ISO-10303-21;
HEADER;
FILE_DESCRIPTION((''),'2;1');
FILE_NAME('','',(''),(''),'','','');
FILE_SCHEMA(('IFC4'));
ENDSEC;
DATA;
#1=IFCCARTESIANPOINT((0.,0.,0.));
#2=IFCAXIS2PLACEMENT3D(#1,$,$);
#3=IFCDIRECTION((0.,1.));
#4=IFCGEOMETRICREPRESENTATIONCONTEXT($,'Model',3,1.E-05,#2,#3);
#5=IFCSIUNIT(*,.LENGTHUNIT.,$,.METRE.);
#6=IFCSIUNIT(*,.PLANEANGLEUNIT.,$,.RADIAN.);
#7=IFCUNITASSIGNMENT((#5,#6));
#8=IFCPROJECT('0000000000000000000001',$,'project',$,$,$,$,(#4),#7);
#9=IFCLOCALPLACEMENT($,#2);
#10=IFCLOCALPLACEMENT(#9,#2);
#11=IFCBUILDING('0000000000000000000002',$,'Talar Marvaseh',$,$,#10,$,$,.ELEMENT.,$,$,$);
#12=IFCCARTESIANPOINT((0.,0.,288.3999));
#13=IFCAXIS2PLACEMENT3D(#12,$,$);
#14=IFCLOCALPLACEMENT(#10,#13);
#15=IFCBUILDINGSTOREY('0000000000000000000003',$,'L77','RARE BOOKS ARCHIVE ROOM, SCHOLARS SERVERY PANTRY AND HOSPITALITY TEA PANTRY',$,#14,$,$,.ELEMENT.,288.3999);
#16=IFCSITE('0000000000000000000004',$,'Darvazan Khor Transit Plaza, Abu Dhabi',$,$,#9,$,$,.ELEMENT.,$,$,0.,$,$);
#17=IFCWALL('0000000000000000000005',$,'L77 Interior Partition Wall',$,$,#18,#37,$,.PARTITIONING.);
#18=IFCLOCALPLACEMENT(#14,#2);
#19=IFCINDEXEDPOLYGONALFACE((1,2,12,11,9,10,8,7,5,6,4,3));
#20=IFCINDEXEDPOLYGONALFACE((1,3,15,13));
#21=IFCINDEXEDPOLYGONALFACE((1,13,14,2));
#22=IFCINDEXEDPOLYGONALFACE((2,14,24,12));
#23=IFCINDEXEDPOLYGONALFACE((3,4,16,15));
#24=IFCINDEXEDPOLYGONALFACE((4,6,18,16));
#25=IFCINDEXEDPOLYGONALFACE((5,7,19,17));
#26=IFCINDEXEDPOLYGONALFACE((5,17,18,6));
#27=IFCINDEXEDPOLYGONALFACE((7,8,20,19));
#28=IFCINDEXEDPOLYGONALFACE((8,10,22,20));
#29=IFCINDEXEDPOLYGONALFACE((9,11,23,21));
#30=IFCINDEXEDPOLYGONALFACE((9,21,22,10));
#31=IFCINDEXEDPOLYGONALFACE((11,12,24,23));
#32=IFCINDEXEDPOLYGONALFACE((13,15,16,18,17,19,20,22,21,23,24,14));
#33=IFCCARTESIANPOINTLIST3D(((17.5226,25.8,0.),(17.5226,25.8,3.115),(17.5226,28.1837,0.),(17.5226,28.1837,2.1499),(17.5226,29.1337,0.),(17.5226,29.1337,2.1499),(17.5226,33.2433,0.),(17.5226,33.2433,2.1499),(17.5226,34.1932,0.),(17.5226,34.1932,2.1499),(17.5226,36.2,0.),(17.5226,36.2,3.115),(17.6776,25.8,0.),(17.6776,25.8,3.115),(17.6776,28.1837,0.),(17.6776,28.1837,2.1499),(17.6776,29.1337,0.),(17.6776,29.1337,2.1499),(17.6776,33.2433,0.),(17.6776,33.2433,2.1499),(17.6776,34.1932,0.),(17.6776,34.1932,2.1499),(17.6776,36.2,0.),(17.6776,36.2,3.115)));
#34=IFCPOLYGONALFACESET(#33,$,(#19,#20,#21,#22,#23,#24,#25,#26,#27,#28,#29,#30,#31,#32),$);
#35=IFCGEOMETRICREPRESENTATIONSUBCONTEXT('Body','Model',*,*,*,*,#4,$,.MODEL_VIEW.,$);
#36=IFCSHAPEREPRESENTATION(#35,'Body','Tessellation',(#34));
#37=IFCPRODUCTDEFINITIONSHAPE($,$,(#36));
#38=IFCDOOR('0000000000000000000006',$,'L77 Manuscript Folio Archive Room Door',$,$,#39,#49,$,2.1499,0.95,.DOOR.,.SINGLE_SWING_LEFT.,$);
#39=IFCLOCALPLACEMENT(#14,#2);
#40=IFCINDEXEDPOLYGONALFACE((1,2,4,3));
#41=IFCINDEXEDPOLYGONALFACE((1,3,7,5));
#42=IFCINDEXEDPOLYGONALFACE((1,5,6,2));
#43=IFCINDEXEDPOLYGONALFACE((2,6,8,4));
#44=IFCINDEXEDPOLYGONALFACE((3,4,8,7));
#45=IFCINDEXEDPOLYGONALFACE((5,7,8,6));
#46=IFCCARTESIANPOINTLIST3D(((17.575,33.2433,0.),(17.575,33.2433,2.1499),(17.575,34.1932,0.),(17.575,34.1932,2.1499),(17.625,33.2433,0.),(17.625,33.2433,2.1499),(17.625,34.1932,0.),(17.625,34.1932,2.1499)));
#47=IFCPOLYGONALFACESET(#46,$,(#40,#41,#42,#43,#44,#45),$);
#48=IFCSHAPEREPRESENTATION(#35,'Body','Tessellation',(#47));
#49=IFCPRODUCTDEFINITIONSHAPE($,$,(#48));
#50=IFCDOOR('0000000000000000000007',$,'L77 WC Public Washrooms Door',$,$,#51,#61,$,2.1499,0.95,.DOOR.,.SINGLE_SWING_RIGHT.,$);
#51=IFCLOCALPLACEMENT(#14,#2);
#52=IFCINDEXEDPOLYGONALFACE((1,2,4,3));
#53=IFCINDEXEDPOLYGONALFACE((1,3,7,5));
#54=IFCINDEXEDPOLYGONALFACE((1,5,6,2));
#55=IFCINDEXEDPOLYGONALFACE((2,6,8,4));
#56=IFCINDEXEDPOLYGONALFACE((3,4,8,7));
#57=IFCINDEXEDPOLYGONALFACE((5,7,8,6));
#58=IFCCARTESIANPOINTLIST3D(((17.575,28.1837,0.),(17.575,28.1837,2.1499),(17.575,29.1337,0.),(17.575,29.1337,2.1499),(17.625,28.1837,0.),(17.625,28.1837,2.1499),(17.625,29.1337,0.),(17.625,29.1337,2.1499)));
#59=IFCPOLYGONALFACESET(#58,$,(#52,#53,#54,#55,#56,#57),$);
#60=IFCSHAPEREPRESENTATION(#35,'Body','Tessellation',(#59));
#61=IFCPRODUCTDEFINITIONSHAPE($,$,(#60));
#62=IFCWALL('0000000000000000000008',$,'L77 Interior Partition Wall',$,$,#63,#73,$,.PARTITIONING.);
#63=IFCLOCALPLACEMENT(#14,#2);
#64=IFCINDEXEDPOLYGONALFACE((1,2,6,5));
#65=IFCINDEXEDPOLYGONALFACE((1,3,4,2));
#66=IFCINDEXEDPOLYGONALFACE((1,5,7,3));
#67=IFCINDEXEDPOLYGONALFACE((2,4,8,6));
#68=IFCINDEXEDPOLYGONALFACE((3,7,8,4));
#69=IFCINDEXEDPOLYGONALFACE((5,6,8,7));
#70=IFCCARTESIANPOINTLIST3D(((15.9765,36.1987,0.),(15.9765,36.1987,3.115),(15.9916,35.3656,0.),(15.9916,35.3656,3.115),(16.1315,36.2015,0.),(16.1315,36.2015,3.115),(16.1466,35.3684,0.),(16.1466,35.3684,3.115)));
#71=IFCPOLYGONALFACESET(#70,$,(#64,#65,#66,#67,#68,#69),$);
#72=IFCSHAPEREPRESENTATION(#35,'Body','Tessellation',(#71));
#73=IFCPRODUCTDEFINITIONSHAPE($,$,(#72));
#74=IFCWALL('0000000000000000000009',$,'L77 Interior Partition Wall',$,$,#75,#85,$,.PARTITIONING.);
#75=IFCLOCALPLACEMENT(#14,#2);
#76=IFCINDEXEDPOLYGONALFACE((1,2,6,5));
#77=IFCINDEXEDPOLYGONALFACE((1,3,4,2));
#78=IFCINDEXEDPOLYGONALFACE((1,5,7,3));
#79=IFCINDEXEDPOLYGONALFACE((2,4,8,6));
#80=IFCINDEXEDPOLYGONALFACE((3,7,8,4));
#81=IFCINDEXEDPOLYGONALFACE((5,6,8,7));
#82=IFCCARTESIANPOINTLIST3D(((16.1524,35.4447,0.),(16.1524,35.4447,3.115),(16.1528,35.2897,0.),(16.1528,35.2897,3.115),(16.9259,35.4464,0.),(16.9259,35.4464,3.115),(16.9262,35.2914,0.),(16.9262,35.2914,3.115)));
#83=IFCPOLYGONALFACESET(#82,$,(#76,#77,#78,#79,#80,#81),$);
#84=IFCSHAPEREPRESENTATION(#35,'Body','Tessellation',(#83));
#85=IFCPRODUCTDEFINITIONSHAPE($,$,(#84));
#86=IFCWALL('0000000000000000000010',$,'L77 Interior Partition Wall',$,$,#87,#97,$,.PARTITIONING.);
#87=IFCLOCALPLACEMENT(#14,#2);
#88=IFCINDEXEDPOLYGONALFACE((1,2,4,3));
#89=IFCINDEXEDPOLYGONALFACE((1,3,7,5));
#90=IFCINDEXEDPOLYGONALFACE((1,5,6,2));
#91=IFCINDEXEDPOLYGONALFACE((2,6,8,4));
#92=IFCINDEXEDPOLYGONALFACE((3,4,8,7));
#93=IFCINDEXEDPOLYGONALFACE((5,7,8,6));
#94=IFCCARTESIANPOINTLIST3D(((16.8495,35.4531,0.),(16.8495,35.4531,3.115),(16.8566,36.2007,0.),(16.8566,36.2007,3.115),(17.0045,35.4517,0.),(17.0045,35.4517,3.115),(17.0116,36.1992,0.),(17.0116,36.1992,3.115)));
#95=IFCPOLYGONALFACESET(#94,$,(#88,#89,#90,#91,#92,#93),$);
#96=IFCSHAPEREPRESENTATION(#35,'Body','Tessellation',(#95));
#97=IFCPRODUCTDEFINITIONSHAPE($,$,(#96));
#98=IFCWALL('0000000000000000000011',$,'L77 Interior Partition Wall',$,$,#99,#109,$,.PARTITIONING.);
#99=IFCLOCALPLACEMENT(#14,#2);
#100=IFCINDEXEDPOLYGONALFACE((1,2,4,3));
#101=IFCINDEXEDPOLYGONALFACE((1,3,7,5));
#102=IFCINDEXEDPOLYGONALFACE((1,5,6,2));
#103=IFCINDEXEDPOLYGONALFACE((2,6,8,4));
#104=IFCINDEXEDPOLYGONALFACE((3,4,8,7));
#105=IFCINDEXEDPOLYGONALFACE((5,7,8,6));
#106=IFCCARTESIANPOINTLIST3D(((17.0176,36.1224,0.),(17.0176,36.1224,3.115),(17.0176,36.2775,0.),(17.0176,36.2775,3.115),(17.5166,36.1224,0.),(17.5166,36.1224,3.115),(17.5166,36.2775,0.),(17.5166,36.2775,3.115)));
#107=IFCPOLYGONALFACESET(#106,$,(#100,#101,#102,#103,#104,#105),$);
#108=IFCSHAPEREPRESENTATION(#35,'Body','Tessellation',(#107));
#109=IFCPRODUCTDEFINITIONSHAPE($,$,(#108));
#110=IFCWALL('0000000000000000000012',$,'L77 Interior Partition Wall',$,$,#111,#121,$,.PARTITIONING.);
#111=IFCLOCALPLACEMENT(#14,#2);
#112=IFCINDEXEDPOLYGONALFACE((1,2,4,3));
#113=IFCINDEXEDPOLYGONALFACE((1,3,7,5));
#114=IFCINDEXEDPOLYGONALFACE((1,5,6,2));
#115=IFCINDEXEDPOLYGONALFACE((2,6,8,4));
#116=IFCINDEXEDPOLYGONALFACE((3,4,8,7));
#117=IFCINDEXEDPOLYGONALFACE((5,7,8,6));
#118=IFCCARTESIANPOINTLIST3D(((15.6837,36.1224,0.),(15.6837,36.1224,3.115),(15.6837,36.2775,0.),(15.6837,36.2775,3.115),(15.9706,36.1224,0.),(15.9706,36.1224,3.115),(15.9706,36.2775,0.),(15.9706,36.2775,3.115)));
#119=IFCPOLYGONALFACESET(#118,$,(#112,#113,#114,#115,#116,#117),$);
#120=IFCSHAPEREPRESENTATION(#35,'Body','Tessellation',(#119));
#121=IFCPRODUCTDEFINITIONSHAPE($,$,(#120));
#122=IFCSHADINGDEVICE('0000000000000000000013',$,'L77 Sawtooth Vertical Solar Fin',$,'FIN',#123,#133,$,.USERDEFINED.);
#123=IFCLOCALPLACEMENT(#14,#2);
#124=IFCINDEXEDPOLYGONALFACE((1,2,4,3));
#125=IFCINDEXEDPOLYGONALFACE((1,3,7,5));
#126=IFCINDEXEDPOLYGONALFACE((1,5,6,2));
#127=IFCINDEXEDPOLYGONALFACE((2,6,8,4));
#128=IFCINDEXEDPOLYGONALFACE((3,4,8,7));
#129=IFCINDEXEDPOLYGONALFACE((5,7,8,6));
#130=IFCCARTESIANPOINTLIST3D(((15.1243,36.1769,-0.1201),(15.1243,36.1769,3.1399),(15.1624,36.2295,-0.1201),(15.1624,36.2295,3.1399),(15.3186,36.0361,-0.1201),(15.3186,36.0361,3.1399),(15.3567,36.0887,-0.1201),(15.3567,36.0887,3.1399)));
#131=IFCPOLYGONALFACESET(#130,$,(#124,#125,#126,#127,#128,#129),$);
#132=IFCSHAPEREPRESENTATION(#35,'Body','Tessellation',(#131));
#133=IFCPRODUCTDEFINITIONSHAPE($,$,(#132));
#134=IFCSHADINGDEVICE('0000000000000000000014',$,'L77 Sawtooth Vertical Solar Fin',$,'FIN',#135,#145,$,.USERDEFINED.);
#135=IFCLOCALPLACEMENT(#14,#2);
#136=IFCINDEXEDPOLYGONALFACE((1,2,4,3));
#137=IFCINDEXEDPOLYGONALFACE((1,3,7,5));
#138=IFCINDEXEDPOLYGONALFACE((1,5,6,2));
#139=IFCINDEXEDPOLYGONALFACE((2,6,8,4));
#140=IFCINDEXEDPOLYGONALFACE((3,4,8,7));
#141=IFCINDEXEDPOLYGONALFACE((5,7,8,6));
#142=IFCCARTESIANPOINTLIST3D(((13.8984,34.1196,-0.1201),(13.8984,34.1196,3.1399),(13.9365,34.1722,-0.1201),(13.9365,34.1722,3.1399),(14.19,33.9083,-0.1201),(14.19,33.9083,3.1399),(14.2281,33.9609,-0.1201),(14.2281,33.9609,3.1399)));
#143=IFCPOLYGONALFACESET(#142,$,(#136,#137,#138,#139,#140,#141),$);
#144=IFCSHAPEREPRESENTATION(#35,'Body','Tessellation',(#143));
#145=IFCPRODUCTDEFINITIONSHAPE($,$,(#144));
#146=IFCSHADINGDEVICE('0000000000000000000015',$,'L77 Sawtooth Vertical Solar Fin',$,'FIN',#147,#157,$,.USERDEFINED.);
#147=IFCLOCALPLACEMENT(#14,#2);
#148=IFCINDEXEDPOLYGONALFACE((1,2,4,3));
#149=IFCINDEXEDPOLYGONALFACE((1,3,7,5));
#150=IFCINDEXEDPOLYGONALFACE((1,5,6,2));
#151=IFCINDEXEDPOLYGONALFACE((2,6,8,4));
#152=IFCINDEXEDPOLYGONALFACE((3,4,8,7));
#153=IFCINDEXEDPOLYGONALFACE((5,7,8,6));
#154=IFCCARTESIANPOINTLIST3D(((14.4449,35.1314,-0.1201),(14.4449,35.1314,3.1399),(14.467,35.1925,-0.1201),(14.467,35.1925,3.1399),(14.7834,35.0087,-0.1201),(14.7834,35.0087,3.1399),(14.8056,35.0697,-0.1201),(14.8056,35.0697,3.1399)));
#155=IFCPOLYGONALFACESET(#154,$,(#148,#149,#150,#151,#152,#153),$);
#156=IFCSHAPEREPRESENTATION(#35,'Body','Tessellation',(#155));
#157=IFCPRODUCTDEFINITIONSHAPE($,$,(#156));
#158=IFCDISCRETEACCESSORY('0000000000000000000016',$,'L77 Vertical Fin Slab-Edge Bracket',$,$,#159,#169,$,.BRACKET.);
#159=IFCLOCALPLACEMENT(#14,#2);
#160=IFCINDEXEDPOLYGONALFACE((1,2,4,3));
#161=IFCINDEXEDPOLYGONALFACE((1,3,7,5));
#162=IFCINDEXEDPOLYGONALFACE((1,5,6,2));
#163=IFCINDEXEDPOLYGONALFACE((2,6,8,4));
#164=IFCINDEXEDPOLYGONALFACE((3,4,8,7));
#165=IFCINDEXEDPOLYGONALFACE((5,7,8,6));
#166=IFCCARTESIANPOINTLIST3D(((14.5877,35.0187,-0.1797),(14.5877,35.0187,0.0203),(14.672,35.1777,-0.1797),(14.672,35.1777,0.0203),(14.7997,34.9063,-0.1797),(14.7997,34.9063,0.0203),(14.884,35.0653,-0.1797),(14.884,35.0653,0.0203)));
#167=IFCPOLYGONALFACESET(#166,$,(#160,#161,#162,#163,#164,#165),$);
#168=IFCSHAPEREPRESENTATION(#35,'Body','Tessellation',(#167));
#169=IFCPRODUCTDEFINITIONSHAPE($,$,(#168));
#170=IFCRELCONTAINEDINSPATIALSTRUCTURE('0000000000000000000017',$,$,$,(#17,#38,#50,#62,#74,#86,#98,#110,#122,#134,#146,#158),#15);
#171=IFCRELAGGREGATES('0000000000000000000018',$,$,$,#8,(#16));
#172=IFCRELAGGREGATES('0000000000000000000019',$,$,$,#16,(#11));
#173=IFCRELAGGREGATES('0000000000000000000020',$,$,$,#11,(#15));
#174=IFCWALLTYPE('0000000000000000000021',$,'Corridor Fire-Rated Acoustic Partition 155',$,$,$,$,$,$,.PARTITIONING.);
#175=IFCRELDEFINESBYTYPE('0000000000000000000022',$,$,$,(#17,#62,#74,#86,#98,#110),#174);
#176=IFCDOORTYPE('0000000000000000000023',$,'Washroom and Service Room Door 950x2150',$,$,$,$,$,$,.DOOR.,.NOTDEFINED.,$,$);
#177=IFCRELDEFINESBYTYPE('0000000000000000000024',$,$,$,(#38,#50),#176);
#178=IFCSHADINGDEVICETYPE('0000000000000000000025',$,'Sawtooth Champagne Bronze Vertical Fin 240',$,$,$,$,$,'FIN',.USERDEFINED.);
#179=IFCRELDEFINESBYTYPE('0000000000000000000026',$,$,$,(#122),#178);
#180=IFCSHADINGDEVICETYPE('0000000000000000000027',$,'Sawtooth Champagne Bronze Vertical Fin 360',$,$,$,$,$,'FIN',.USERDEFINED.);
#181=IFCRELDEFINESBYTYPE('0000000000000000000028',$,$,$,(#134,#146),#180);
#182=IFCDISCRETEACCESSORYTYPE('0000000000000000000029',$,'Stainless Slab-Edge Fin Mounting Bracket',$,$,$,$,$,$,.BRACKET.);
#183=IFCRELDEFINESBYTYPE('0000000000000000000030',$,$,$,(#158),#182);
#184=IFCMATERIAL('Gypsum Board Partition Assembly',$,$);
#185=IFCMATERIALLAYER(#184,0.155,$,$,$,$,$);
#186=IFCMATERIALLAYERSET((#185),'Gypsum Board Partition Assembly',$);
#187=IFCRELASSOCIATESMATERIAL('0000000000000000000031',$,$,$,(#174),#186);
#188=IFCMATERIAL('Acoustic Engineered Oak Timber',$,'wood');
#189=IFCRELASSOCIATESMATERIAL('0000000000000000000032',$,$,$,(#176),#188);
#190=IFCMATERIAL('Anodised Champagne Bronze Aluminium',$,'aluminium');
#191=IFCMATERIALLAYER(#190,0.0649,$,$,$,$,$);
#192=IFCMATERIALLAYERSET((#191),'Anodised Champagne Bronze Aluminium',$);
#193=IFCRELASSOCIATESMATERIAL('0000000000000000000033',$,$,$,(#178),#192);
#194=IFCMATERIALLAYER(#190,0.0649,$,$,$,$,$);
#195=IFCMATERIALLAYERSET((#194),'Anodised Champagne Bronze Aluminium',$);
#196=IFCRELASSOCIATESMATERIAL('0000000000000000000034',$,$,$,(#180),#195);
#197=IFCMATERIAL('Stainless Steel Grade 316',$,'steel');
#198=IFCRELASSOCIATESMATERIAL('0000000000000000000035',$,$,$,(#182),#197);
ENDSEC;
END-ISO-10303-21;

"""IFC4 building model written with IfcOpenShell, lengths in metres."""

from ifc_helpers import new_model, si_unit, direction, frame, frame_2d, origin, origin_2d, place, context, subcontext, project, spatial, rectangle, extrude, source, transform, mapped, material, layer, layer_set, type_object, type_shapes, element, fill, save


model = new_model("IFC4")

# Units and contexts
model_context = context("Model", 3, precision=1e-05, world=origin(), true_north=direction((0.0, 1.0)))
body_context = subcontext(model_context, "Body", "Model", "MODEL_VIEW")
ifc_project = project(units=[si_unit("LENGTHUNIT", "METRE"), si_unit("PLANEANGLEUNIT", "RADIAN")], contexts=[model_context])

# Site, building, storey
site_placement = place(None, origin())
site = spatial("IfcSite", under=ifc_project, at=site_placement, Name="Darvazan Khor Transit Plaza, Abu Dhabi", CompositionType="ELEMENT", RefElevation=0.0)
building_placement = place(site_placement, origin())
building = spatial("IfcBuilding", under=site, at=building_placement, Name="Talar Marvaseh", CompositionType="ELEMENT")
storey_placement = place(building_placement, frame((0.0, 0.0, 288.3999)))
storey = spatial("IfcBuildingStorey", under=building, at=storey_placement, Name="L77", Description="RARE BOOKS ARCHIVE ROOM, SCHOLARS SERVERY PANTRY AND HOSPITALITY TEA PANTRY", CompositionType="ELEMENT", Elevation=288.3999)

# Wall, openings, doors
ifc_material_1 = material(Name="Gypsum Board Partition Assembly")
ifc_layer_1 = layer(ifc_material_1, 0.155)
ifc_layer_set_1 = layer_set([ifc_layer_1], Name="Gypsum Board Partition Assembly")
wall_type_1 = type_object("IfcWallType", Name="Corridor Fire-Rated Acoustic Partition 155", PredefinedType="PARTITIONING", material=ifc_layer_set_1)
wall_1_placement = place(storey_placement, frame((17.6001, 36.2, 0.0), z_axis=(0.0, 0.0, 1.0), x_axis=(0.0, -1.0, 0.0)))
wall_1 = element("IfcWall", 1, at=wall_1_placement, inside=storey, type_object=wall_type_1, Name="L77 Interior Partition Wall", PredefinedType="PARTITIONING", context=body_context, shape_type="SweptSolid", body=[
    extrude(rectangle(XDim=10.3999, YDim=0.155, at=frame_2d((5.2, 0.0))), origin(), (0.0, 0.0, 1.0), 3.115),
])
opening_1_placement = place(wall_1_placement, frame((2.0066, 0.0, 0.0)))
opening_1 = element("IfcOpeningElement", 2, at=opening_1_placement, cuts=wall_1, PredefinedType="OPENING", context=body_context, shape_type="SweptSolid", body=[
    extrude(rectangle(XDim=0.95, YDim=2.1499, at=frame_2d((0.4751, 1.075))), frame((0.0, 0.0874, 0.0), z_axis=(0.0, -1.0, 0.0), x_axis=(1.0, 0.0, 0.0)), (0.0, 0.0, 1.0), 0.175),
])
opening_2_placement = place(wall_1_placement, frame((7.0662, 0.0, 0.0)))
opening_2 = element("IfcOpeningElement", 3, at=opening_2_placement, cuts=wall_1, PredefinedType="OPENING", context=body_context, shape_type="SweptSolid", body=[
    extrude(rectangle(XDim=0.95, YDim=2.1499, at=frame_2d((0.4751, 1.075))), frame((0.0, 0.0874, 0.0), z_axis=(0.0, -1.0, 0.0), x_axis=(1.0, 0.0, 0.0)), (0.0, 0.0, 1.0), 0.175),
])
ifc_material_2 = material(Name="Acoustic Engineered Oak Timber", Category="wood")
door_type = type_object("IfcDoorType", Name="Washroom and Service Room Door 950x2150", OperationType="NOTDEFINED", PredefinedType="DOOR", material=ifc_material_2)
shared_shape_1 = source(origin(), body_context, "Body", "SweptSolid", [
    extrude(rectangle(XDim=0.95, YDim=2.1499, at=frame_2d((0.4751, 1.075))), frame((0.0, 0.0249, 0.0), z_axis=(0.0, -1.0, 0.0), x_axis=(1.0, 0.0, 0.0)), (0.0, 0.0, 1.0), 0.05),
])
type_shapes(door_type, [shared_shape_1])
door_1_placement = place(opening_1_placement, origin())
door_1 = element("IfcDoor", 4, at=door_1_placement, inside=storey, type_object=door_type, Name="L77 Manuscript Folio Archive Room Door", OperationType="SINGLE_SWING_LEFT", OverallHeight=2.1499, OverallWidth=0.95, PredefinedType="DOOR", context=body_context, shape_type="MappedRepresentation", body=[
    mapped(shared_shape_1, transform((0.0, 0.0, 0.0), x_axis=(1.0, 0.0, 0.0), y_axis=(0.0, 1.0, 0.0), z_axis=(0.0, 0.0, 1.0), scale=1.0)),
])
fill(opening_1, door_1)
door_2_placement = place(opening_2_placement, origin())
door_2 = element("IfcDoor", 5, at=door_2_placement, inside=storey, type_object=door_type, Name="L77 WC Public Washrooms Door", OperationType="SINGLE_SWING_RIGHT", OverallHeight=2.1499, OverallWidth=0.95, PredefinedType="DOOR", context=body_context, shape_type="MappedRepresentation", body=[
    mapped(shared_shape_1, transform((0.0, 0.0, 0.0), x_axis=(1.0, 0.0, 0.0), y_axis=(0.0, 1.0, 0.0), z_axis=(0.0, 0.0, 1.0), scale=1.0)),
])
fill(opening_2, door_2)

# Walls
wall_2_placement = place(storey_placement, frame((16.054, 36.2, 0.0), z_axis=(0.0, 0.0, 1.0), x_axis=(0.018168, -0.999835, 0.0)))
element("IfcWall", 6, at=wall_2_placement, inside=storey, type_object=wall_type_1, Name="L77 Interior Partition Wall", PredefinedType="PARTITIONING", context=body_context, shape_type="SweptSolid", body=[
    extrude(rectangle(XDim=0.8333, YDim=0.155, at=frame_2d((0.4165, 0.0))), origin(), (0.0, 0.0, 1.0), 3.115),
])
wall_3_placement = place(storey_placement, frame((16.1526, 35.3672, 0.0), z_axis=(0.0, 0.0, 1.0), x_axis=(0.999998, 0.00221, 0.0)))
element("IfcWall", 7, at=wall_3_placement, inside=storey, type_object=wall_type_1, Name="L77 Interior Partition Wall", PredefinedType="PARTITIONING", context=body_context, shape_type="SweptSolid", body=[
    extrude(rectangle(XDim=0.7734, YDim=0.155, at=frame_2d((0.3867, 0.0))), origin(), (0.0, 0.0, 1.0), 3.115),
])
wall_4_placement = place(storey_placement, frame((16.927, 35.4524, 0.0), z_axis=(0.0, 0.0, 1.0), x_axis=(0.009471, 0.999955, 0.0)))
element("IfcWall", 8, at=wall_4_placement, inside=storey, type_object=wall_type_1, Name="L77 Interior Partition Wall", PredefinedType="PARTITIONING", context=body_context, shape_type="SweptSolid", body=[
    extrude(rectangle(XDim=0.7476, YDim=0.155, at=frame_2d((0.3738, 0.0))), origin(), (0.0, 0.0, 1.0), 3.115),
])
wall_5_placement = place(storey_placement, frame((17.0176, 36.2, 0.0), z_axis=(0.0, 0.0, 1.0), x_axis=(1.0, 0.0, 0.0)))
element("IfcWall", 9, at=wall_5_placement, inside=storey, type_object=wall_type_1, Name="L77 Interior Partition Wall", PredefinedType="PARTITIONING", context=body_context, shape_type="SweptSolid", body=[
    extrude(rectangle(XDim=0.499, YDim=0.155, at=frame_2d((0.2495, 0.0))), origin(), (0.0, 0.0, 1.0), 3.115),
])
wall_6_placement = place(storey_placement, frame((15.6836, 36.2, 0.0), z_axis=(0.0, 0.0, 1.0), x_axis=(1.0, 0.0, 0.0)))
element("IfcWall", 10, at=wall_6_placement, inside=storey, type_object=wall_type_1, Name="L77 Interior Partition Wall", PredefinedType="PARTITIONING", context=body_context, shape_type="SweptSolid", body=[
    extrude(rectangle(XDim=0.2869, YDim=0.155, at=frame_2d((0.1436, 0.0))), origin(), (0.0, 0.0, 1.0), 3.115),
])

# Shading devices
ifc_material_3 = material(Name="Anodised Champagne Bronze Aluminium", Category="aluminium")
ifc_layer_2 = layer(ifc_material_3, 0.0649)
ifc_layer_set_2 = layer_set([ifc_layer_2], Name="Anodised Champagne Bronze Aluminium")
shading_device_type_1 = type_object("IfcShadingDeviceType", Name="Sawtooth Champagne Bronze Vertical Fin 240", ElementType="FIN", PredefinedType="USERDEFINED", material=ifc_layer_set_2)
shared_shape_2 = source(origin(), body_context, "Body", "SweptSolid", [
    extrude(rectangle(XDim=0.24, YDim=0.0649, at=origin_2d()), origin(), (0.0, 0.0, 1.0), 3.26),
])
type_shapes(shading_device_type_1, [shared_shape_2])
shading_device_placement = place(storey_placement, frame((15.2405, 36.1328, -0.1201), z_axis=(0.0, 0.0, 1.0), x_axis=(-0.809735, 0.586796, 0.0)))
element("IfcShadingDevice", 11, at=shading_device_placement, inside=storey, type_object=shading_device_type_1, Name="L77 Sawtooth Vertical Solar Fin", ObjectType="FIN", PredefinedType="USERDEFINED", context=body_context, shape_type="MappedRepresentation", body=[
    mapped(shared_shape_2, transform((0.0, 0.0, 0.0), x_axis=(1.0, 0.0, 0.0), y_axis=(0.0, 1.0, 0.0), z_axis=(0.0, 0.0, 1.0), scale=1.0)),
])
ifc_layer_3 = layer(ifc_material_3, 0.0649)
ifc_layer_set_3 = layer_set([ifc_layer_3], Name="Anodised Champagne Bronze Aluminium")
shading_device_type_2 = type_object("IfcShadingDeviceType", Name="Sawtooth Champagne Bronze Vertical Fin 360", ElementType="FIN", PredefinedType="USERDEFINED", material=ifc_layer_set_3)
shared_shape_3 = source(origin(), body_context, "Body", "SweptSolid", [
    extrude(rectangle(XDim=0.3601, YDim=0.0649, at=origin_2d()), origin(), (0.0, 0.0, 1.0), 3.26),
])
type_shapes(shading_device_type_2, [shared_shape_3])
for number, where, z_axis, x_axis, name in (
    (12, (14.0632, 34.0403, -0.1201), (0.0, 0.0, 1.0), (-0.809735, 0.586796, 0.0), "L77 Sawtooth Vertical Solar Fin"),
    (13, (14.6252, 35.1006, -0.1201), (0.0, 0.0, 1.0), (-0.94011, 0.340872, 0.0), "L77 Sawtooth Vertical Solar Fin"),
):
    element("IfcShadingDevice", number, at=place(storey_placement, frame(where, z_axis=z_axis, x_axis=x_axis)), inside=storey, type_object=shading_device_type_2, Name=name, ObjectType="FIN", PredefinedType="USERDEFINED", context=body_context, shape_type="MappedRepresentation", body=[
        mapped(shared_shape_3, transform((0.0, 0.0, 0.0), x_axis=(1.0, 0.0, 0.0), y_axis=(0.0, 1.0, 0.0), z_axis=(0.0, 0.0, 1.0), scale=1.0)),
    ])

# Discrete accessory
ifc_material_4 = material(Name="Stainless Steel Grade 316", Category="steel")
discrete_accessory_type = type_object("IfcDiscreteAccessoryType", Name="Stainless Slab-Edge Fin Mounting Bracket", PredefinedType="BRACKET", material=ifc_material_4)
shared_shape_4 = source(origin(), body_context, "Body", "SweptSolid", [
    extrude(rectangle(XDim=0.24, YDim=0.1799, at=origin_2d()), origin(), (0.0, 0.0, 1.0), 0.2),
])
type_shapes(discrete_accessory_type, [shared_shape_4])
for number, where, z_axis, x_axis, name in (
    (14, (14.7358, 35.042, -0.1797), (0.0, 0.0, 1.0), (-0.883521, 0.468392, 0.0), "L77 Vertical Fin Slab-Edge Bracket"),
):
    element("IfcDiscreteAccessory", number, at=place(storey_placement, frame(where, z_axis=z_axis, x_axis=x_axis)), inside=storey, type_object=discrete_accessory_type, Name=name, PredefinedType="BRACKET", context=body_context, shape_type="MappedRepresentation", body=[
        mapped(shared_shape_4, transform((0.0, 0.0, 0.0), x_axis=(1.0, 0.0, 0.0), y_axis=(0.0, 1.0, 0.0), z_axis=(0.0, 0.0, 1.0), scale=1.0)),
    ])

save(model, "model.ifc")
